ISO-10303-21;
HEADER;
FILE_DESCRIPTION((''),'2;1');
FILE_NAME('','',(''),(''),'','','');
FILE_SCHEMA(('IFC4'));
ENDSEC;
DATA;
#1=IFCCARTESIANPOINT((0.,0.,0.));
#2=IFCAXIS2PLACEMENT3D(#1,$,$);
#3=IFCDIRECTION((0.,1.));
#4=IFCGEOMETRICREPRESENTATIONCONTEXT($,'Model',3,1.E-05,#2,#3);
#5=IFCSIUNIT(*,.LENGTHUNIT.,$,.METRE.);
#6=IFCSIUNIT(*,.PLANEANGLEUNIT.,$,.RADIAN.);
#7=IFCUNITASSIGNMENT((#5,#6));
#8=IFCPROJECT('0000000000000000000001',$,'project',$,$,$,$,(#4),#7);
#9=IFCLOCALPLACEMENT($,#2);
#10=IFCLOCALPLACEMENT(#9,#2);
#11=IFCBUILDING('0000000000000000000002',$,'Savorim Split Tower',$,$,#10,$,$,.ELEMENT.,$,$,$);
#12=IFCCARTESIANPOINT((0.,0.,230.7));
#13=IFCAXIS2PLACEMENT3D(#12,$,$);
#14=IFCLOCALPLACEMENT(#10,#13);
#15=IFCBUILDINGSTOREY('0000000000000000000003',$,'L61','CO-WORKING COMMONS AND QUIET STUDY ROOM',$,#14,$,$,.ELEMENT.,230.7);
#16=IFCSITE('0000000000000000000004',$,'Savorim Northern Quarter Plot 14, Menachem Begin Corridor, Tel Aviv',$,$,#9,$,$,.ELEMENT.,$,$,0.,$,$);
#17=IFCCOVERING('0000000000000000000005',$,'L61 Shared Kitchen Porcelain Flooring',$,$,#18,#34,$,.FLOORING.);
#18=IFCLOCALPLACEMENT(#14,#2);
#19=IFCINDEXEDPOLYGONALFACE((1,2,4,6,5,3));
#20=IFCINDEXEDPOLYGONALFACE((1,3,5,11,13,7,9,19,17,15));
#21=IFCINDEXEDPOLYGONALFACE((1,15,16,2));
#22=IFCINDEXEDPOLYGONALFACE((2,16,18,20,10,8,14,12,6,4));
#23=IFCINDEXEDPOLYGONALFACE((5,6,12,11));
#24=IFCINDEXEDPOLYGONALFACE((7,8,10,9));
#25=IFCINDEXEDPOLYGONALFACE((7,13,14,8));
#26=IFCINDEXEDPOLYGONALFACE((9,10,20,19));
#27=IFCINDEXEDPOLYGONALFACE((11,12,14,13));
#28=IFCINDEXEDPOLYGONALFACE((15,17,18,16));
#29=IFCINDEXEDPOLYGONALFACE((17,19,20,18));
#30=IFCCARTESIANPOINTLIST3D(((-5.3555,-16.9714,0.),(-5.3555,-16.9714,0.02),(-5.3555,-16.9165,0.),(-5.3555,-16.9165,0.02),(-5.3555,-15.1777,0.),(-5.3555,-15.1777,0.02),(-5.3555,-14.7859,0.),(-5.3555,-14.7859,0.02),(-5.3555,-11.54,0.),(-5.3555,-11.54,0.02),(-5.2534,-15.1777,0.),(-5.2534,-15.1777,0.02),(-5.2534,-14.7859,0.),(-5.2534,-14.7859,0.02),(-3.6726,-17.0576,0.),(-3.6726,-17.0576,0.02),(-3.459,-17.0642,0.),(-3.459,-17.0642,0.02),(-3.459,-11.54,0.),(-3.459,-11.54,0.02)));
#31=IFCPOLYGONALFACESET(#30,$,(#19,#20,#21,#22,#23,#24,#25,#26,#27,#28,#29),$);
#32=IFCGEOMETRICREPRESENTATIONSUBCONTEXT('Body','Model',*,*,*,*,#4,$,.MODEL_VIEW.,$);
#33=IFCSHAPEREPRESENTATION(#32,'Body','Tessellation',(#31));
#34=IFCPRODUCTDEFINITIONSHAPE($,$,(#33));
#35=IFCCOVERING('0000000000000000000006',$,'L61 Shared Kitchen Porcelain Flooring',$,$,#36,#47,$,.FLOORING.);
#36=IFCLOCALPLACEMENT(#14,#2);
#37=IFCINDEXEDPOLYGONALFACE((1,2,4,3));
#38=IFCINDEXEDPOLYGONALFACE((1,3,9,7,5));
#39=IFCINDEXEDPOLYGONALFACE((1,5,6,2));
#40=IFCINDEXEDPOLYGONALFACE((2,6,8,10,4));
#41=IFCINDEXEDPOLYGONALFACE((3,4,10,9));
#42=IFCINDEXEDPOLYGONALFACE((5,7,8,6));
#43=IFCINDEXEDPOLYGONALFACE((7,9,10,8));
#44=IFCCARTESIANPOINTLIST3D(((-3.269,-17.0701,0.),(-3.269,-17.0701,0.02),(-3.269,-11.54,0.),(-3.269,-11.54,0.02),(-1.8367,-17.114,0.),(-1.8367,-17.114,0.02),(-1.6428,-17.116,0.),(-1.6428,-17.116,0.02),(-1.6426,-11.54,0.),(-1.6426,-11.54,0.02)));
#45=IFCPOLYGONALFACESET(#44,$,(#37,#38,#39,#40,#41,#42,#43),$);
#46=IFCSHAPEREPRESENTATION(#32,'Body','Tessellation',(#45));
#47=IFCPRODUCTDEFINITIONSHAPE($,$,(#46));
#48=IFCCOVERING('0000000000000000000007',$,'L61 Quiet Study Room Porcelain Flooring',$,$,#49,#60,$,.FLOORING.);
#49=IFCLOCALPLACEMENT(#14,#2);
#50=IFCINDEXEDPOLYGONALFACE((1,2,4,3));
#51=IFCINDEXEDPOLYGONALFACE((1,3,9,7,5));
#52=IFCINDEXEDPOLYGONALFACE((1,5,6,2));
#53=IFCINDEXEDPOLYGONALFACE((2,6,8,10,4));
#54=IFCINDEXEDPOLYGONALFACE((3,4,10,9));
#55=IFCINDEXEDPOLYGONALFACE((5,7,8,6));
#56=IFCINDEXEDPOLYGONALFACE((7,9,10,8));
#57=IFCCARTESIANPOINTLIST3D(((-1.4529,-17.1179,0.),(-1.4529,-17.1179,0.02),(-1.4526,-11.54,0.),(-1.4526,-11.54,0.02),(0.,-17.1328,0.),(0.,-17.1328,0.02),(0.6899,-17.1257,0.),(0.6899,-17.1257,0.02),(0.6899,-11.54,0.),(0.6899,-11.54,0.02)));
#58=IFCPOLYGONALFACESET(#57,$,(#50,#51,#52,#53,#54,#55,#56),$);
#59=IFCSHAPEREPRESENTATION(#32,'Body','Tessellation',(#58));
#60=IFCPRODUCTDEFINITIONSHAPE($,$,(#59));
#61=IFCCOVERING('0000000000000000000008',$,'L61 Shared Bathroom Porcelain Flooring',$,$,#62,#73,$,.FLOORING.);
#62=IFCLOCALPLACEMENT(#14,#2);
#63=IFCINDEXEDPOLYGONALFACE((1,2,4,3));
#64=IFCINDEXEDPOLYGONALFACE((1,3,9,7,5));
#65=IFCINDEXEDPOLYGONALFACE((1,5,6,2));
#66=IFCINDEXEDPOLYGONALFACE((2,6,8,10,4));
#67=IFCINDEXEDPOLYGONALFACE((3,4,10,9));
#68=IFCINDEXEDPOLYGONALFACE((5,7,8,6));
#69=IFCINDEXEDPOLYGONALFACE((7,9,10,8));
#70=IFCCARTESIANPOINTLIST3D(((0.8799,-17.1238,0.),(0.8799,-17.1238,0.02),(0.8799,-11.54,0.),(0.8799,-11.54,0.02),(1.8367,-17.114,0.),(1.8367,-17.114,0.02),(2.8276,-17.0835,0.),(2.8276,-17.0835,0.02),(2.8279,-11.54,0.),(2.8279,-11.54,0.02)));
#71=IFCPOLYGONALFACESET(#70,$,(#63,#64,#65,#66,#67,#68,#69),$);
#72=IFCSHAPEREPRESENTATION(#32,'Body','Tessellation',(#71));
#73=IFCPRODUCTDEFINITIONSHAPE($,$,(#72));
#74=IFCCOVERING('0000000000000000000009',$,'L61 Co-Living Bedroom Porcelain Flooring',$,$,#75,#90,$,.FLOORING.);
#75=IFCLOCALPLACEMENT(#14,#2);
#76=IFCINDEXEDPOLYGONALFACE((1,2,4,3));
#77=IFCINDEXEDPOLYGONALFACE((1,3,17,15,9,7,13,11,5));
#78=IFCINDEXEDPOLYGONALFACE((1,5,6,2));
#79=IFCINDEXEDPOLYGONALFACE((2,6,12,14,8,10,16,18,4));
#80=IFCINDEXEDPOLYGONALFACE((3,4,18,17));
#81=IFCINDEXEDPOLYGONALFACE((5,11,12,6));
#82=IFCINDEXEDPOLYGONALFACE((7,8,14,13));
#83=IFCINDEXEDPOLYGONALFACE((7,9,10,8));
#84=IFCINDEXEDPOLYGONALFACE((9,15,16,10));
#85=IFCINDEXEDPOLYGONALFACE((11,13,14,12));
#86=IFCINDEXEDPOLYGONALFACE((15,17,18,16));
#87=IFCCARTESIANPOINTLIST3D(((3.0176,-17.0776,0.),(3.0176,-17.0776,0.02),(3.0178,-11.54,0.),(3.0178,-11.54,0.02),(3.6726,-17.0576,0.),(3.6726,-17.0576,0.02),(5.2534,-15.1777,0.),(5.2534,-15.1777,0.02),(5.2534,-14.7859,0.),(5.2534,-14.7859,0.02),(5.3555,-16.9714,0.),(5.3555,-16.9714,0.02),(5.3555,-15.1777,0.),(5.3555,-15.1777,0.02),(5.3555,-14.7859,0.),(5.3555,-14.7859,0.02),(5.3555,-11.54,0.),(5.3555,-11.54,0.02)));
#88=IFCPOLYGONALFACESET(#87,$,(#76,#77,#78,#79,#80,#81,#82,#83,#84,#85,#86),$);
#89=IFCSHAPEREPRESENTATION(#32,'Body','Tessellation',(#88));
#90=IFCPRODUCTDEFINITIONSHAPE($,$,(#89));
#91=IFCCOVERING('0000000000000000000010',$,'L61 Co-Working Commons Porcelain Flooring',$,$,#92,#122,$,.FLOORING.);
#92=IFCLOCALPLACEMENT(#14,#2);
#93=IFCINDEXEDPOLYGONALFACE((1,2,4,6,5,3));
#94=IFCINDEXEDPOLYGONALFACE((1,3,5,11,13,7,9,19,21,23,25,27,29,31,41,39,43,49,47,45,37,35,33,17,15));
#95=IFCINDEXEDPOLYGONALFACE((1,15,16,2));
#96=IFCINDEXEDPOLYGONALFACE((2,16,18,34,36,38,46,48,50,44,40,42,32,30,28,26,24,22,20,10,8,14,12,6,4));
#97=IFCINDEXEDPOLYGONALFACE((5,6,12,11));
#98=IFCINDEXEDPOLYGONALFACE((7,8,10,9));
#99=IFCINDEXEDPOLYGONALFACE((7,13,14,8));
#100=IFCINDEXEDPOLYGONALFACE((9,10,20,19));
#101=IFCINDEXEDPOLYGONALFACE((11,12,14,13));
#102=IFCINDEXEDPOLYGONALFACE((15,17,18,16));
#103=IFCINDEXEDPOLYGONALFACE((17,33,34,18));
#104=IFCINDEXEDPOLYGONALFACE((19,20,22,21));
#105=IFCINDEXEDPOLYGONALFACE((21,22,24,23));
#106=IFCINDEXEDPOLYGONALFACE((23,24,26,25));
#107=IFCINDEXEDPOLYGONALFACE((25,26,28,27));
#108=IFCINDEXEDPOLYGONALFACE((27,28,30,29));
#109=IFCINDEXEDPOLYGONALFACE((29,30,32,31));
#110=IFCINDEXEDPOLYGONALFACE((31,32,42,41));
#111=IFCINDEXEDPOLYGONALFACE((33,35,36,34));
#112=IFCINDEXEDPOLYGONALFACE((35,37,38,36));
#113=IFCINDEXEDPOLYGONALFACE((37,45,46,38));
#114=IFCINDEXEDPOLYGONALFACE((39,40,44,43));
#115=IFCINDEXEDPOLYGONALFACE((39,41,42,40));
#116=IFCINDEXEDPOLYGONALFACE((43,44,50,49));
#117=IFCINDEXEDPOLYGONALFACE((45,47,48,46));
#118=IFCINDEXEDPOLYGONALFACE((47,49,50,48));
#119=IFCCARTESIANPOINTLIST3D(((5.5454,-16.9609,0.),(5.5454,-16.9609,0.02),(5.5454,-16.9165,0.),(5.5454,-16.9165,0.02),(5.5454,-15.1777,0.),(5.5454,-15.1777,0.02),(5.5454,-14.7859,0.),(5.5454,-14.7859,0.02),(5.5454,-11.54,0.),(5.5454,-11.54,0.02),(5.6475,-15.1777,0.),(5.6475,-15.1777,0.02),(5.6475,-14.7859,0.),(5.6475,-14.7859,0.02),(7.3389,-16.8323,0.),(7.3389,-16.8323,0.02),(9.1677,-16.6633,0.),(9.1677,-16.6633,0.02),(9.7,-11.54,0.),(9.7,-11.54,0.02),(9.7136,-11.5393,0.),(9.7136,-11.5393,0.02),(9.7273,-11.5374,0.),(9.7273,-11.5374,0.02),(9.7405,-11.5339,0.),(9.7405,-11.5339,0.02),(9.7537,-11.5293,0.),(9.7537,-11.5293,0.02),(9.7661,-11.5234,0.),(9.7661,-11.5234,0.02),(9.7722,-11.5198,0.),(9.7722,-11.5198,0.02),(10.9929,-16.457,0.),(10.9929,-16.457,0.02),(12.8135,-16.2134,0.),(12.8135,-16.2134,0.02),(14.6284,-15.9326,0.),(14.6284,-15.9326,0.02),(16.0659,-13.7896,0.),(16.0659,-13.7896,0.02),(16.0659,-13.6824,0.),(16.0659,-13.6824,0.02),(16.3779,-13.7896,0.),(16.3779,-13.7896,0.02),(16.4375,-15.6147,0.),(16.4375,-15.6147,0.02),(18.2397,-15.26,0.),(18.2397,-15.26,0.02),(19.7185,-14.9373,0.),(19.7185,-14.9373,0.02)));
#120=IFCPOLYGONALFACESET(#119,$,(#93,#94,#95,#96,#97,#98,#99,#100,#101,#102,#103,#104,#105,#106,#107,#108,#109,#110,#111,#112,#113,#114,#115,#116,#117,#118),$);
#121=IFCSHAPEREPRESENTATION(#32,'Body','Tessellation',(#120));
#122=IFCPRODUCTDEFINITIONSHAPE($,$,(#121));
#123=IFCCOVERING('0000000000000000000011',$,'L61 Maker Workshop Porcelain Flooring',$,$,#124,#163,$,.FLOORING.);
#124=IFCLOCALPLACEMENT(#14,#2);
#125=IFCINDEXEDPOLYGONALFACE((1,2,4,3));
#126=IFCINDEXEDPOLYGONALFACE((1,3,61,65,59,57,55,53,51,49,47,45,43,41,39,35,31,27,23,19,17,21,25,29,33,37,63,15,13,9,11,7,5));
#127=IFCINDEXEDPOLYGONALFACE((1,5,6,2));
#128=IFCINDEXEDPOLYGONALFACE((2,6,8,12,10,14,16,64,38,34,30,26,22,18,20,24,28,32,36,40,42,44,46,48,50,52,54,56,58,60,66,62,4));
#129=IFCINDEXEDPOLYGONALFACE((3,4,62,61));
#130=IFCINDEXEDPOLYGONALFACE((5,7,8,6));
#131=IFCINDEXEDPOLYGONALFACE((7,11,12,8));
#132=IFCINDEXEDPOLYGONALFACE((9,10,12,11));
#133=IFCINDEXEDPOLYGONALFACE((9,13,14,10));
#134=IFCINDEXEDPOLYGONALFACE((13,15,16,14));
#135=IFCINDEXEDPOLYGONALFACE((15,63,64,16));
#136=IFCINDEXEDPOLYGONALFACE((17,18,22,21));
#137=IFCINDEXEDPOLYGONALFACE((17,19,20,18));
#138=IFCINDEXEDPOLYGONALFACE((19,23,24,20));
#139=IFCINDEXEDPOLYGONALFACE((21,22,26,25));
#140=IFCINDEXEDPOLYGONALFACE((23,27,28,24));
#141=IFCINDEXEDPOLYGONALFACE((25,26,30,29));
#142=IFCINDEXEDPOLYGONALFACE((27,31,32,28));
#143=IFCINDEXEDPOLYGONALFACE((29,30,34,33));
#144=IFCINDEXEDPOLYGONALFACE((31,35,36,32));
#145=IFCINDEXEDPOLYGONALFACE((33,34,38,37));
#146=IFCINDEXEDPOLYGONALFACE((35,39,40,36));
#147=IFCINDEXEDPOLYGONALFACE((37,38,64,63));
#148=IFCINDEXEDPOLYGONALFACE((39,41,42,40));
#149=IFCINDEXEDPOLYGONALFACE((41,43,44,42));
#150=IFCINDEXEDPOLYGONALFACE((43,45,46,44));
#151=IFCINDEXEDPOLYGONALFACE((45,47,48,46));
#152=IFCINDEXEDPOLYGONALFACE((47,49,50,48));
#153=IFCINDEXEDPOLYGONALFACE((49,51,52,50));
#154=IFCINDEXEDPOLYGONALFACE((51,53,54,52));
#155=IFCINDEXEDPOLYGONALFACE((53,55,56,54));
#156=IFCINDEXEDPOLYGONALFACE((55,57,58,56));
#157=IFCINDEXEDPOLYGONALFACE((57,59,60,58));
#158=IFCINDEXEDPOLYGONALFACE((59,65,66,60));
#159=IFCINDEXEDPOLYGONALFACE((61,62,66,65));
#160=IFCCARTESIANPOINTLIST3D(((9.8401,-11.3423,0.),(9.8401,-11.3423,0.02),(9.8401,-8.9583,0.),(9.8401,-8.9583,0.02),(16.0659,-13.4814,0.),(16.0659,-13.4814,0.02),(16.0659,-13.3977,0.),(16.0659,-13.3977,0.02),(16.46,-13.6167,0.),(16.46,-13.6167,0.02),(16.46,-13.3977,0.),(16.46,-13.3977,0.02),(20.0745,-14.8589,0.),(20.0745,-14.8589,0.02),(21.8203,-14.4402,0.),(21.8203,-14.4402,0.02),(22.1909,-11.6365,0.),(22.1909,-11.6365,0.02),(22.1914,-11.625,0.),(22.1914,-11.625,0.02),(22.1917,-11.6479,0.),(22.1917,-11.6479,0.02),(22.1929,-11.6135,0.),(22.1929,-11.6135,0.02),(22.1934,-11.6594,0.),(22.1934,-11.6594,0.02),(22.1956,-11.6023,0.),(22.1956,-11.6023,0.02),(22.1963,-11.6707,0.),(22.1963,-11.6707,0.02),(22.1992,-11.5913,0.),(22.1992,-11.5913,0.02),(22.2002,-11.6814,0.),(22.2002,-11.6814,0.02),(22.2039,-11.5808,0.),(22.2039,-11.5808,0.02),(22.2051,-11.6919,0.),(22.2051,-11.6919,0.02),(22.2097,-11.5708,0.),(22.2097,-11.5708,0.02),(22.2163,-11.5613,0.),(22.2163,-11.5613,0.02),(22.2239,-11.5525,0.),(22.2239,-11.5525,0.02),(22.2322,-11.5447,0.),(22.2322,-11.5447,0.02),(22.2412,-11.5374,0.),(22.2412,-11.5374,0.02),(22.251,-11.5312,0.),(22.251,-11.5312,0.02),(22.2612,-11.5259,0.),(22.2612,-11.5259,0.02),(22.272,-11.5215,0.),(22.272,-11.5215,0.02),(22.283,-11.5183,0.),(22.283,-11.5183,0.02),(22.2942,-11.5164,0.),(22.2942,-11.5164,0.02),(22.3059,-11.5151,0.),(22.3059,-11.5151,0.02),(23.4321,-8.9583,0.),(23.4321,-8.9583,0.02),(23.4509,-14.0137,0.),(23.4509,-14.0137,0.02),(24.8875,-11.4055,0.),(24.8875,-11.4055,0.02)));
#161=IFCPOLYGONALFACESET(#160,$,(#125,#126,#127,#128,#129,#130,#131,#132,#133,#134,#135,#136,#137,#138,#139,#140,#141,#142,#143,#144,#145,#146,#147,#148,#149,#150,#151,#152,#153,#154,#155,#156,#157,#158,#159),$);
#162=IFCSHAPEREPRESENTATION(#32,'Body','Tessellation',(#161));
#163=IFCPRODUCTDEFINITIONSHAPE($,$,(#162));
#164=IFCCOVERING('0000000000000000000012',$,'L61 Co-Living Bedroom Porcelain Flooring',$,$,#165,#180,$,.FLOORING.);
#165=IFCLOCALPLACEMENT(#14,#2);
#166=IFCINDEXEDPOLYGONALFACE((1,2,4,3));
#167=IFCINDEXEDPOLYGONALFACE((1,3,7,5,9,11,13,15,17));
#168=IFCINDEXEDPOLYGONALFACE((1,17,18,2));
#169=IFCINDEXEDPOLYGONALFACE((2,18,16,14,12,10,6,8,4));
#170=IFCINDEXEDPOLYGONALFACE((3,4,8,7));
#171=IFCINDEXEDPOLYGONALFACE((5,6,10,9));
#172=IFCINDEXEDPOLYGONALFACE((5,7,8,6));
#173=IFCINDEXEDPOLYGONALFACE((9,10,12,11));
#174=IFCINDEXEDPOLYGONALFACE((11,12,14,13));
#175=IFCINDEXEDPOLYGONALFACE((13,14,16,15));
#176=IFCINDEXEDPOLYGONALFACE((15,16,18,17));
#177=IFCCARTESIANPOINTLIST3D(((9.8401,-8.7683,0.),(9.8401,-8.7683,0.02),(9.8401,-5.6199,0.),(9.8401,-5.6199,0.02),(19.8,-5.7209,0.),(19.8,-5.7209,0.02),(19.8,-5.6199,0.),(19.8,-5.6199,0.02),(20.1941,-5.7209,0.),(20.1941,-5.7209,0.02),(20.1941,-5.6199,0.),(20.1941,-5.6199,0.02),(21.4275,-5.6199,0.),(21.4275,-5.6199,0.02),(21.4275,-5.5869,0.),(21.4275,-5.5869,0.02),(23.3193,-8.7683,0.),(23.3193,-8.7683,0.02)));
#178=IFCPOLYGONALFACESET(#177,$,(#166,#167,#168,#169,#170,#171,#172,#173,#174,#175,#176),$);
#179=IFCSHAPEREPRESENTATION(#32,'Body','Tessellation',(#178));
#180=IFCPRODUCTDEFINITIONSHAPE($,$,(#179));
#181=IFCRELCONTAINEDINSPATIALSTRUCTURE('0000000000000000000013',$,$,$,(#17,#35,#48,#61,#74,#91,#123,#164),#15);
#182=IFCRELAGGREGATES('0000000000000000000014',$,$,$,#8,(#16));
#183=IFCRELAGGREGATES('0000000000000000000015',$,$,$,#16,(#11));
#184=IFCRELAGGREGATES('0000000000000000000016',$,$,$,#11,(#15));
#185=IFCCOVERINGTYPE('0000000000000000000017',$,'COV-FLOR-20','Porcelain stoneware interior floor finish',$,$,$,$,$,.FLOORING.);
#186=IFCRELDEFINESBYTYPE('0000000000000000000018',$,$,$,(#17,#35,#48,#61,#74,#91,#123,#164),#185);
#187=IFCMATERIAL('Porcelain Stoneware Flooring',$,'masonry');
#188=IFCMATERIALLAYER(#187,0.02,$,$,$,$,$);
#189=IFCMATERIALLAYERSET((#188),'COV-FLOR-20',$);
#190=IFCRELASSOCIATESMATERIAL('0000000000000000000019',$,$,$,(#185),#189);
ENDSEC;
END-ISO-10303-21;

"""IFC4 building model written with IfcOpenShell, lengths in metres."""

from ifc_helpers import new_model, si_unit, direction, frame, origin, place, context, subcontext, project, spatial, polyline, outline, extrude, material, layer, layer_set, type_object, element, save


model = new_model("IFC4")

# Units and contexts
model_context = context("Model", 3, precision=1e-05, world=origin(), true_north=direction((0.0, 1.0)))
body_context = subcontext(model_context, "Body", "Model", "MODEL_VIEW")
ifc_project = project(units=[si_unit("LENGTHUNIT", "METRE"), si_unit("PLANEANGLEUNIT", "RADIAN")], contexts=[model_context])

# Site, building, storey
site_placement = place(None, origin())
site = spatial("IfcSite", under=ifc_project, at=site_placement, Name="Savorim Northern Quarter Plot 14, Menachem Begin Corridor, Tel Aviv", CompositionType="ELEMENT", RefElevation=0.0)
building_placement = place(site_placement, origin())
building = spatial("IfcBuilding", under=site, at=building_placement, Name="Savorim Split Tower", CompositionType="ELEMENT")
storey_placement = place(building_placement, frame((0.0, 0.0, 230.7)))
storey = spatial("IfcBuildingStorey", under=building, at=storey_placement, Name="L61", Description="CO-WORKING COMMONS AND QUIET STUDY ROOM", CompositionType="ELEMENT", Elevation=230.7)

# Coverings
ifc_material_1 = material(Name="Porcelain Stoneware Flooring", Category="masonry")
ifc_layer_1 = layer(ifc_material_1, 0.02)
ifc_layer_set_1 = layer_set([ifc_layer_1], Name="COV-FLOR-20")
covering_type_1 = type_object("IfcCoveringType", Name="COV-FLOR-20", Description="Porcelain stoneware interior floor finish", PredefinedType="FLOORING", material=ifc_layer_set_1)
covering_1_placement = place(storey_placement, origin())
element("IfcCovering", 1, at=covering_1_placement, inside=storey, type_object=covering_type_1, Name="L61 Shared Kitchen Porcelain Flooring", PredefinedType="FLOORING", context=body_context, shape_type="SweptSolid", body=[
    extrude(outline(polyline([(-5.3555, -16.9165), (-5.3555, -16.9714), (-3.6726, -17.0576), (-3.459, -17.0642), (-3.459, -11.54), (-5.3555, -11.54), (-5.3555, -14.7859), (-5.2534, -14.7859), (-5.2534, -15.1777), (-5.3555, -15.1777), (-5.3555, -16.9165)])), origin(), (0.0, 0.0, 1.0), 0.02),
])
covering_2_placement = place(storey_placement, origin())
element("IfcCovering", 2, at=covering_2_placement, inside=storey, type_object=covering_type_1, Name="L61 Shared Kitchen Porcelain Flooring", PredefinedType="FLOORING", context=body_context, shape_type="SweptSolid", body=[
    extrude(outline(polyline([(-3.269, -11.54), (-3.269, -17.0701), (-1.8367, -17.114), (-1.6428, -17.116), (-1.6426, -11.54), (-3.269, -11.54)])), origin(), (0.0, 0.0, 1.0), 0.02),
])
covering_3_placement = place(storey_placement, origin())
element("IfcCovering", 3, at=covering_3_placement, inside=storey, type_object=covering_type_1, Name="L61 Quiet Study Room Porcelain Flooring", PredefinedType="FLOORING", context=body_context, shape_type="SweptSolid", body=[
    extrude(outline(polyline([(-1.4526, -11.54), (-1.4529, -17.1179), (0.0, -17.1328), (0.6899, -17.1257), (0.6899, -11.54), (-1.4526, -11.54)])), origin(), (0.0, 0.0, 1.0), 0.02),
])
covering_4_placement = place(storey_placement, origin())
element("IfcCovering", 4, at=covering_4_placement, inside=storey, type_object=covering_type_1, Name="L61 Shared Bathroom Porcelain Flooring", PredefinedType="FLOORING", context=body_context, shape_type="SweptSolid", body=[
    extrude(outline(polyline([(0.8799, -11.54), (0.8799, -17.1238), (1.8367, -17.114), (2.8276, -17.0835), (2.8279, -11.54), (0.8799, -11.54)])), origin(), (0.0, 0.0, 1.0), 0.02),
])
covering_5_placement = place(storey_placement, origin())
element("IfcCovering", 5, at=covering_5_placement, inside=storey, type_object=covering_type_1, Name="L61 Co-Living Bedroom Porcelain Flooring", PredefinedType="FLOORING", context=body_context, shape_type="SweptSolid", body=[
    extrude(outline(polyline([(5.3555, -11.54), (3.0178, -11.54), (3.0176, -17.0776), (3.6726, -17.0576), (5.3555, -16.9714), (5.3555, -15.1777), (5.2534, -15.1777), (5.2534, -14.7859), (5.3555, -14.7859), (5.3555, -11.54)])), origin(), (0.0, 0.0, 1.0), 0.02),
])
covering_6_placement = place(storey_placement, origin())
element("IfcCovering", 6, at=covering_6_placement, inside=storey, type_object=covering_type_1, Name="L61 Co-Working Commons Porcelain Flooring", PredefinedType="FLOORING", context=body_context, shape_type="SweptSolid", body=[
    extrude(outline(polyline([(14.6284, -15.9326), (16.4375, -15.6147), (18.2397, -15.26), (19.7185, -14.9373), (16.3779, -13.7896), (16.0659, -13.7896), (16.0659, -13.6824), (9.7722, -11.5198), (9.7661, -11.5234), (9.7537, -11.5293), (9.7405, -11.5339), (9.7273, -11.5374), (9.7136, -11.5393), (9.7, -11.54), (5.5454, -11.54), (5.5454, -14.7859), (5.6475, -14.7859), (5.6475, -15.1777), (5.5454, -15.1777), (5.5454, -16.9165), (5.5454, -16.9609), (7.3389, -16.8323), (9.1677, -16.6633), (10.9929, -16.457), (12.8135, -16.2134), (14.6284, -15.9326)])), origin(), (0.0, 0.0, 1.0), 0.02),
])
covering_7_placement = place(storey_placement, origin())
element("IfcCovering", 7, at=covering_7_placement, inside=storey, type_object=covering_type_1, Name="L61 Maker Workshop Porcelain Flooring", PredefinedType="FLOORING", context=body_context, shape_type="SweptSolid", body=[
    extrude(outline(polyline([(22.283, -11.5183), (22.2942, -11.5164), (22.3059, -11.5151), (24.8875, -11.4055), (23.4321, -8.9583), (9.8401, -8.9583), (9.8401, -11.3423), (16.0659, -13.4814), (16.0659, -13.3977), (16.46, -13.3977), (16.46, -13.6167), (20.0745, -14.8589), (21.8203, -14.4402), (23.4509, -14.0137), (22.2051, -11.6919), (22.2002, -11.6814), (22.1963, -11.6707), (22.1934, -11.6594), (22.1917, -11.6479), (22.1909, -11.6365), (22.1914, -11.625), (22.1929, -11.6135), (22.1956, -11.6023), (22.1992, -11.5913), (22.2039, -11.5808), (22.2097, -11.5708), (22.2163, -11.5613), (22.2239, -11.5525), (22.2322, -11.5447), (22.2412, -11.5374), (22.251, -11.5312), (22.2612, -11.5259), (22.272, -11.5215), (22.283, -11.5183)])), origin(), (0.0, 0.0, 1.0), 0.02),
])
covering_8_placement = place(storey_placement, origin())
element("IfcCovering", 8, at=covering_8_placement, inside=storey, type_object=covering_type_1, Name="L61 Co-Living Bedroom Porcelain Flooring", PredefinedType="FLOORING", context=body_context, shape_type="SweptSolid", body=[
    extrude(outline(polyline([(19.8, -5.7209), (19.8, -5.6199), (9.8401, -5.6199), (9.8401, -8.7683), (23.3193, -8.7683), (21.4275, -5.5869), (21.4275, -5.6199), (20.1941, -5.6199), (20.1941, -5.7209), (19.8, -5.7209)])), origin(), (0.0, 0.0, 1.0), 0.02),
])

save(model, "model.ifc")
